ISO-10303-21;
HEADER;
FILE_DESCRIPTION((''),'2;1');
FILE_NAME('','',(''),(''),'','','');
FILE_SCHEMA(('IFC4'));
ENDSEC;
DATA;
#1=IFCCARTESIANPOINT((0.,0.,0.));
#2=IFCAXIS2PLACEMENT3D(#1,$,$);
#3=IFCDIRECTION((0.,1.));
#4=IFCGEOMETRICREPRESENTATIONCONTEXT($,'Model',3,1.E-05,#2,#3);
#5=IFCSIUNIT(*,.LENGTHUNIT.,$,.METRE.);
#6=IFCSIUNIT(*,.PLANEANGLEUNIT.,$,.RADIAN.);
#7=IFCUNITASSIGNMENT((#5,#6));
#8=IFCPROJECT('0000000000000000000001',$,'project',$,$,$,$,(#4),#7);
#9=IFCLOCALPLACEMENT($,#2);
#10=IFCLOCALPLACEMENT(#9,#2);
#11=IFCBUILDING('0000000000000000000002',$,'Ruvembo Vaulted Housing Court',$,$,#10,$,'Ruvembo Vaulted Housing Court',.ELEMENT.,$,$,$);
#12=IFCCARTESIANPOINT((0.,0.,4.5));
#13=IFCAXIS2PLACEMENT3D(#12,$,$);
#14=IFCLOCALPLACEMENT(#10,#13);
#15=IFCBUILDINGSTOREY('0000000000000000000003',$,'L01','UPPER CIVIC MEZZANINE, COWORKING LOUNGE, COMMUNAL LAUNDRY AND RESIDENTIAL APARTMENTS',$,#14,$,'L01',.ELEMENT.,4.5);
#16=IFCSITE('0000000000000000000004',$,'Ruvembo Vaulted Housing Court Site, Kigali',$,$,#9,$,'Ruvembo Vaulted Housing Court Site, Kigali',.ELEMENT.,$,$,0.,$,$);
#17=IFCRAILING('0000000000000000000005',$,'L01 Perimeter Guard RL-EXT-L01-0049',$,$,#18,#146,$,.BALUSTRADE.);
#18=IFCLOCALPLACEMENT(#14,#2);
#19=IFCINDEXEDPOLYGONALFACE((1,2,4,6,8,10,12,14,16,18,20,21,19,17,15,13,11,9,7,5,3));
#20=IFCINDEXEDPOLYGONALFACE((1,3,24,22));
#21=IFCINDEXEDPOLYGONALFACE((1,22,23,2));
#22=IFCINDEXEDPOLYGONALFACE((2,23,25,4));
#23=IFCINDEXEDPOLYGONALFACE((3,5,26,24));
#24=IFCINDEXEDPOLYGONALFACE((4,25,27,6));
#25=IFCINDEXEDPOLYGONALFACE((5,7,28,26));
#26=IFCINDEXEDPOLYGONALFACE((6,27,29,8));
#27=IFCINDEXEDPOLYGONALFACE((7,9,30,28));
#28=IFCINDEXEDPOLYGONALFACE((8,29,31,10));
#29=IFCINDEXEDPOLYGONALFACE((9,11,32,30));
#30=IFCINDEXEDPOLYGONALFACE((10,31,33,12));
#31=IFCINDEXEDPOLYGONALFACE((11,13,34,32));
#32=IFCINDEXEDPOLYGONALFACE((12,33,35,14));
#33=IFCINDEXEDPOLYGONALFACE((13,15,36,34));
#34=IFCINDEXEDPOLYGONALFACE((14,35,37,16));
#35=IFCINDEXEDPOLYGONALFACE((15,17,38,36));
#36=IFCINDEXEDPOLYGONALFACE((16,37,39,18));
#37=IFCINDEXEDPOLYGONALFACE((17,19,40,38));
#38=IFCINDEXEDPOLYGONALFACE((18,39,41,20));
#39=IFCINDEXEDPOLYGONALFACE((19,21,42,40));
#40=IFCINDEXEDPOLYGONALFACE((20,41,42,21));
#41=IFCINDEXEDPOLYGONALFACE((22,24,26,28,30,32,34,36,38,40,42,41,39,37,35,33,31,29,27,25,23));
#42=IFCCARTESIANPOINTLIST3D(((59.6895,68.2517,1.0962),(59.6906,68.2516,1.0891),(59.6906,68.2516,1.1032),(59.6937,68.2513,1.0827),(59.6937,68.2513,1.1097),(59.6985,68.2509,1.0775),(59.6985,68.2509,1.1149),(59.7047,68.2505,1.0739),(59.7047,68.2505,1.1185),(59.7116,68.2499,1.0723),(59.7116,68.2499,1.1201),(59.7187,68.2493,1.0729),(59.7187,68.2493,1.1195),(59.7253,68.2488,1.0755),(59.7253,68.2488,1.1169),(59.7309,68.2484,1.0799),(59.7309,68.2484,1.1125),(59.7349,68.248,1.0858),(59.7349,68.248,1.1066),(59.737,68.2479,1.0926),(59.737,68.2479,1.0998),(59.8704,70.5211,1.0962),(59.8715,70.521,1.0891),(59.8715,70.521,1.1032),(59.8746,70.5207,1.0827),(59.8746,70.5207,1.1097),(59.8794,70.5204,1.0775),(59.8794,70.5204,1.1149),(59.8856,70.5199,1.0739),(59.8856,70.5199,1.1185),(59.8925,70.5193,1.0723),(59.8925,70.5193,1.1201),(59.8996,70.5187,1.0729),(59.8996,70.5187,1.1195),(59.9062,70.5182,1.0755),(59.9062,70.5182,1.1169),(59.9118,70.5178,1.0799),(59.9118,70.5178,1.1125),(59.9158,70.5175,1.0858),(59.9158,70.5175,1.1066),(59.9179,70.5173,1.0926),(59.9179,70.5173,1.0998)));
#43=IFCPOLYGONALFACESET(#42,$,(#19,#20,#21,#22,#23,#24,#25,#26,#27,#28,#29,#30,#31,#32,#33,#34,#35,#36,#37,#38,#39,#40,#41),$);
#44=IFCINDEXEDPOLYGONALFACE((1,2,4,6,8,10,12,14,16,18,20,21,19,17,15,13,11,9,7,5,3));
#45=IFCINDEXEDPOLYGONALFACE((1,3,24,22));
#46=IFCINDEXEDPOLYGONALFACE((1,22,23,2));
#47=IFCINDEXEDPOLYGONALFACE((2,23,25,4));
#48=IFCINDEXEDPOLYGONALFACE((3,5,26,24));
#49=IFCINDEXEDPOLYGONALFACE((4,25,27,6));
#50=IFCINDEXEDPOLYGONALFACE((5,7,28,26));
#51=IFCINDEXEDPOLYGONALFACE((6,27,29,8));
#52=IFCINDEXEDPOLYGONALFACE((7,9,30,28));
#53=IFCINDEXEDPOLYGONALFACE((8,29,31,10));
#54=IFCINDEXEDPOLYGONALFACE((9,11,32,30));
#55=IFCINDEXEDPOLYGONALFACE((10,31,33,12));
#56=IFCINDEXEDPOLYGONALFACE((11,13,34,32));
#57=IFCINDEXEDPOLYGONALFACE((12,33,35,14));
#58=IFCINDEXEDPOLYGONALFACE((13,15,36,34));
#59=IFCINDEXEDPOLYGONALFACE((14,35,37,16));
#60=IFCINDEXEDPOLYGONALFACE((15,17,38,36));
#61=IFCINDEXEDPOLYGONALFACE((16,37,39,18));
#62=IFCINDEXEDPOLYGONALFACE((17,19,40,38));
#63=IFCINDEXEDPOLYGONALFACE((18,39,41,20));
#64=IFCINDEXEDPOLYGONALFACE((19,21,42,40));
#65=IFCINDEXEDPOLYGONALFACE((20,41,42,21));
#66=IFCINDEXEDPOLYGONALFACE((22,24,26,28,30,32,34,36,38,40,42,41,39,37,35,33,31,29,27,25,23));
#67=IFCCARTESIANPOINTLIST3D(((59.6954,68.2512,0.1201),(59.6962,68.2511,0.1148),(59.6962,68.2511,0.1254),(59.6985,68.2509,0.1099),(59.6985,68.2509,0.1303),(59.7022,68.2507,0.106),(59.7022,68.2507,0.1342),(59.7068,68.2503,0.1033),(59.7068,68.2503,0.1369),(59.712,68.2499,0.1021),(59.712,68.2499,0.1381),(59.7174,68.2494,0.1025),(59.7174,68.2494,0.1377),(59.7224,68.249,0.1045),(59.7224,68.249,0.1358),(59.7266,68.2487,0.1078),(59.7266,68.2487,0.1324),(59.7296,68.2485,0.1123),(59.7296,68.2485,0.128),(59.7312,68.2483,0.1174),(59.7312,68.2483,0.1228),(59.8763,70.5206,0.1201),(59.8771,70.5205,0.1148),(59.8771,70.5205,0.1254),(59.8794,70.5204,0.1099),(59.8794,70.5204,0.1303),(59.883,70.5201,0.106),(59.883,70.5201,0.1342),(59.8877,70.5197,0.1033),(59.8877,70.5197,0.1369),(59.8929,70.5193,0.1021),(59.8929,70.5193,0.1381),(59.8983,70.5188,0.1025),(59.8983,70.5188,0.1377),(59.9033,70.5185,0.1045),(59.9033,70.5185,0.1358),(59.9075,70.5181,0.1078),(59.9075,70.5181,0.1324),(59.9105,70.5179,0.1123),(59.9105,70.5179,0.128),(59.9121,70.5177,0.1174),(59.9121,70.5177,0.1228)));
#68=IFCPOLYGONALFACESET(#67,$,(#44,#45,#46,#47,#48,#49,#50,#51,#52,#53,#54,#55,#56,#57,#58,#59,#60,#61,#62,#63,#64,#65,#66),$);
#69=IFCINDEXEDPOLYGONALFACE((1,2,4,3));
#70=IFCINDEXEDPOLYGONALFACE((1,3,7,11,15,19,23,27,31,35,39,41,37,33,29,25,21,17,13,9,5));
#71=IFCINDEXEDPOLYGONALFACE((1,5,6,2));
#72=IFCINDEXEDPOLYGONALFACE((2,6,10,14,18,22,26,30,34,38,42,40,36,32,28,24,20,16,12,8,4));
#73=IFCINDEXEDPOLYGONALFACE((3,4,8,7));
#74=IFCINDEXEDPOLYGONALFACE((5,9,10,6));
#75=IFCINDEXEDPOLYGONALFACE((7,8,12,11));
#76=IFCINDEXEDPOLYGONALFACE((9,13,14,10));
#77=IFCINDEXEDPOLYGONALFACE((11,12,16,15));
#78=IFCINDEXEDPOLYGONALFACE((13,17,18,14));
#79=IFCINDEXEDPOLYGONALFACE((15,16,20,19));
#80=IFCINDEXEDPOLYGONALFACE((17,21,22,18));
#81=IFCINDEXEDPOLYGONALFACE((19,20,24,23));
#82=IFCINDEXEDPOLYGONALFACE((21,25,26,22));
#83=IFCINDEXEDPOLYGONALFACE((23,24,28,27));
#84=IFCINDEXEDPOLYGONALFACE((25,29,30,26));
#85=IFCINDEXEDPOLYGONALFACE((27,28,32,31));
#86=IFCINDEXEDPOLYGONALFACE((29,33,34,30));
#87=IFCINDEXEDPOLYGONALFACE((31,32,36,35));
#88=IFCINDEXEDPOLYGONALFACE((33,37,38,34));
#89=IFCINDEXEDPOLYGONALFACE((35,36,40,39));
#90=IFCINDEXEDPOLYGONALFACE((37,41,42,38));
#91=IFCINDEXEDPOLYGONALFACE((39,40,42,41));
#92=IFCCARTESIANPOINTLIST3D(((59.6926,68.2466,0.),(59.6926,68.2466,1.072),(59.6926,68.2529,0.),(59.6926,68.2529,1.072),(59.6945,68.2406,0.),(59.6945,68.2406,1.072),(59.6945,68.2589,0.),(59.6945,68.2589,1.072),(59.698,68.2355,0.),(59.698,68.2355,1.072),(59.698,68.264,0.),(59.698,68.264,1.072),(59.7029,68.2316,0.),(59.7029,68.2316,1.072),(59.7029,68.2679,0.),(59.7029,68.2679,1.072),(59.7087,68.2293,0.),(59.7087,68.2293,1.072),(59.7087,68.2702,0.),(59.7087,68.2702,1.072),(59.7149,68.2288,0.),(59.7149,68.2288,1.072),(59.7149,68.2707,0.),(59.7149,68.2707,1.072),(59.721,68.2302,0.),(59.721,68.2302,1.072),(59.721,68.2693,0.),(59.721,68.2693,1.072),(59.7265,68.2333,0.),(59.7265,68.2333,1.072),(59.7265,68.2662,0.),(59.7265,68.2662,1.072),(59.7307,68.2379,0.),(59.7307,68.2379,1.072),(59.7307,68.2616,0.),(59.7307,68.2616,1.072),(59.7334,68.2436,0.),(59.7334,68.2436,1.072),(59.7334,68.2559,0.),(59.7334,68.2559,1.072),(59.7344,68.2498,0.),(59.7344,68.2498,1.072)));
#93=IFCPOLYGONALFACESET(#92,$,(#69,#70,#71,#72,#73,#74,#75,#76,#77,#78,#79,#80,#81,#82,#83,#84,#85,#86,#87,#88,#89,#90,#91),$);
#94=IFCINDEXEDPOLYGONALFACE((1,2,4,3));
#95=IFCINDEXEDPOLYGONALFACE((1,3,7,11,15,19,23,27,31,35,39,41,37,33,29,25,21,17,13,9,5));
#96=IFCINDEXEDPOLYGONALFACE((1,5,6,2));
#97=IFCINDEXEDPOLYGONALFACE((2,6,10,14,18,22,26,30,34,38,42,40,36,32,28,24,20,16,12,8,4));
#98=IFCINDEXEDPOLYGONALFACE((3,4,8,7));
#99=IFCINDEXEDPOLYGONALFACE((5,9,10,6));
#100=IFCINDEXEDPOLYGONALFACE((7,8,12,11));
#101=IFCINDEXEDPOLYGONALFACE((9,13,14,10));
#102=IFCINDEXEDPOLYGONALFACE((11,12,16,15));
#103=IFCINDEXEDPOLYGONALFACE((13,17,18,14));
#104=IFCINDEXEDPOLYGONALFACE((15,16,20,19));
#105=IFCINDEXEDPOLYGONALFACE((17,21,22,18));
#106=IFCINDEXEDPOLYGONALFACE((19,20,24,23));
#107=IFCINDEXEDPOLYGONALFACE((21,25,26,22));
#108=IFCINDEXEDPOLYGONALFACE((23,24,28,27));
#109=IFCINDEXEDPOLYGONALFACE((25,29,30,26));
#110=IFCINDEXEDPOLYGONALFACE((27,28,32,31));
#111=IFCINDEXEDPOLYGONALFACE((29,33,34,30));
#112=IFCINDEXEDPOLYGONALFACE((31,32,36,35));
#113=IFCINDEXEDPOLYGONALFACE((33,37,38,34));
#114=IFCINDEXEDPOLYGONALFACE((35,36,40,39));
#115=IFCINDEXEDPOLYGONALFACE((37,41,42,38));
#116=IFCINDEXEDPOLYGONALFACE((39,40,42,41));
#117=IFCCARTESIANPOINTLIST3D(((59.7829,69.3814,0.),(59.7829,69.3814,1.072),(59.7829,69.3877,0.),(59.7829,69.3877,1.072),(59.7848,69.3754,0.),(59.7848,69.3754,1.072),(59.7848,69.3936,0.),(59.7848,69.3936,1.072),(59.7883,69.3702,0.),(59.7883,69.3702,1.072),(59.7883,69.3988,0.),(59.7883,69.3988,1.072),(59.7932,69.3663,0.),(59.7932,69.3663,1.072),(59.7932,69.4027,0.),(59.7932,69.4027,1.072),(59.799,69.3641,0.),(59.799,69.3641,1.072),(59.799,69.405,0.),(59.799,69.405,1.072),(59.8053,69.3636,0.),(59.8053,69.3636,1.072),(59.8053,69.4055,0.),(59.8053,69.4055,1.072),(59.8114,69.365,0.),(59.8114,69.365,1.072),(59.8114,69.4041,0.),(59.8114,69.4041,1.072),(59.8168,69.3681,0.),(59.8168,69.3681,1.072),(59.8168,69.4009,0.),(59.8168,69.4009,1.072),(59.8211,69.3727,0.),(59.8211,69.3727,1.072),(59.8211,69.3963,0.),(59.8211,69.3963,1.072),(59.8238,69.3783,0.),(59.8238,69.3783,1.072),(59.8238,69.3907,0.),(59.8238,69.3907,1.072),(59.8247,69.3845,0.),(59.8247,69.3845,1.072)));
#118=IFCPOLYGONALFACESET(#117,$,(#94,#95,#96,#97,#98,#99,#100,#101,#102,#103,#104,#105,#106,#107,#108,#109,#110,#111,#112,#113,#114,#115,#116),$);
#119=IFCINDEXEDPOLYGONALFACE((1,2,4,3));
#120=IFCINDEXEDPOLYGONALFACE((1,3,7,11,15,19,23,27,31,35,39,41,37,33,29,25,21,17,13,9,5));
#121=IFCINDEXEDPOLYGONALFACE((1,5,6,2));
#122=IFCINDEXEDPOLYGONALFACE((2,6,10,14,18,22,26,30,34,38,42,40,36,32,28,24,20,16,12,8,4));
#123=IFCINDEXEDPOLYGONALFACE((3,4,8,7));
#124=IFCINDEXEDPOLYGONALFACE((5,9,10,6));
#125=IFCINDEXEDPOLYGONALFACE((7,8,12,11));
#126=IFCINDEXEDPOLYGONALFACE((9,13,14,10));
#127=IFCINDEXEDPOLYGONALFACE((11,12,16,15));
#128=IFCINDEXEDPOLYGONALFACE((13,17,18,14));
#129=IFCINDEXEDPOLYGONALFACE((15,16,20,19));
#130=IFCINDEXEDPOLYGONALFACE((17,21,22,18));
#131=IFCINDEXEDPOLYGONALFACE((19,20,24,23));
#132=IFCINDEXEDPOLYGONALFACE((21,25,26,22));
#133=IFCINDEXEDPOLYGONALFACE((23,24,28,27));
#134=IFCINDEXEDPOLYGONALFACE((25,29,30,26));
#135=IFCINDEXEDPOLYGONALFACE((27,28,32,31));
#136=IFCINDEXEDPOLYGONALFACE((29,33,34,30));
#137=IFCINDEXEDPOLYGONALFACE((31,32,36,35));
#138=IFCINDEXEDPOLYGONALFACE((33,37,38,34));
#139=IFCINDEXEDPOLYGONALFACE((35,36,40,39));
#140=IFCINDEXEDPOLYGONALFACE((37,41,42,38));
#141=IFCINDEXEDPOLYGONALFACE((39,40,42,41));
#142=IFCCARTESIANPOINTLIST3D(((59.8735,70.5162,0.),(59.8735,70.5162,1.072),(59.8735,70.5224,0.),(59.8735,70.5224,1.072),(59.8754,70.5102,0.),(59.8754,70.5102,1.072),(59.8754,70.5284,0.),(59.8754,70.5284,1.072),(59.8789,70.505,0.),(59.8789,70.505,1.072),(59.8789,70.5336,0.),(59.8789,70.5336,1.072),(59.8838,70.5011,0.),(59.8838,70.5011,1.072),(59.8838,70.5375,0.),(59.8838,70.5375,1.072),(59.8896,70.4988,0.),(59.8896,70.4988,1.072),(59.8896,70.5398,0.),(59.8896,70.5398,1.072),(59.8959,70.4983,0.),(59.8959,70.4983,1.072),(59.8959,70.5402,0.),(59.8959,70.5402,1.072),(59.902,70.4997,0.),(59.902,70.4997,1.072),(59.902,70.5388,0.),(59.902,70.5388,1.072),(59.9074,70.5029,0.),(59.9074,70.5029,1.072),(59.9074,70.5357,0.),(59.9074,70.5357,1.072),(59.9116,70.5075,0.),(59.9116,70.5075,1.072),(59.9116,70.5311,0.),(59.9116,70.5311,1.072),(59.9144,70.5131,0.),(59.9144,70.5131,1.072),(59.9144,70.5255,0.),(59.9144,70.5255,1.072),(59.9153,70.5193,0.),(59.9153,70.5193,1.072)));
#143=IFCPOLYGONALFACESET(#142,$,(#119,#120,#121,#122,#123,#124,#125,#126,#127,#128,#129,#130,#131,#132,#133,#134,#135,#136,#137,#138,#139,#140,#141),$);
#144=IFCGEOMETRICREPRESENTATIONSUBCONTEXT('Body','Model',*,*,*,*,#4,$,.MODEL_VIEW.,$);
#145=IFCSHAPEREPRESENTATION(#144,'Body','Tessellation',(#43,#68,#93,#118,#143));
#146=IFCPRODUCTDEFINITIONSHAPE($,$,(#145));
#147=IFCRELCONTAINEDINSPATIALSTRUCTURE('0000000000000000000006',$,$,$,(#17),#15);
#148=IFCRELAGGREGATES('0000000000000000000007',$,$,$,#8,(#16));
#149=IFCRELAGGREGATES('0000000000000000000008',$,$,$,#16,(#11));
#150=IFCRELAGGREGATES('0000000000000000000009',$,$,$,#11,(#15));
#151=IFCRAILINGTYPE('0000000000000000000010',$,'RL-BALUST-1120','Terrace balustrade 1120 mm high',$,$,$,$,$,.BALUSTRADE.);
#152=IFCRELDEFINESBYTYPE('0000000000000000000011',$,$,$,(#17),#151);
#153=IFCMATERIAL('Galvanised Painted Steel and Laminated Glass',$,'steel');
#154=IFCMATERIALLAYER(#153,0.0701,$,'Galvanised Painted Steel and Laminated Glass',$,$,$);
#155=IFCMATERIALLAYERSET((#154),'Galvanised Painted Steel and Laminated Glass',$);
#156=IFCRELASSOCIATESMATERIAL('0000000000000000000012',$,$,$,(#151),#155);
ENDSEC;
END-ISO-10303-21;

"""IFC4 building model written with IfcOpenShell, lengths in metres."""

from ifc_helpers import new_model, si_unit, direction, frame, origin, origin_2d, place, context, subcontext, project, spatial, circle, extrude, material, layer, layer_set, type_object, element, save


model = new_model("IFC4")

# Units and contexts
model_context = context("Model", 3, precision=1e-05, world=origin(), true_north=direction((0.0, 1.0)))
body_context = subcontext(model_context, "Body", "Model", "MODEL_VIEW")
ifc_project = project(units=[si_unit("LENGTHUNIT", "METRE"), si_unit("PLANEANGLEUNIT", "RADIAN")], contexts=[model_context])

# Site, building, storey
site_placement = place(None, origin())
site = spatial("IfcSite", under=ifc_project, at=site_placement, Name="Ruvembo Vaulted Housing Court Site, Kigali", LongName="Ruvembo Vaulted Housing Court Site, Kigali", CompositionType="ELEMENT", RefElevation=0.0)
building_placement = place(site_placement, origin())
building = spatial("IfcBuilding", under=site, at=building_placement, Name="Ruvembo Vaulted Housing Court", LongName="Ruvembo Vaulted Housing Court", CompositionType="ELEMENT")
storey_placement = place(building_placement, frame((0.0, 0.0, 4.5)))
storey = spatial("IfcBuildingStorey", under=building, at=storey_placement, Name="L01", Description="UPPER CIVIC MEZZANINE, COWORKING LOUNGE, COMMUNAL LAUNDRY AND RESIDENTIAL APARTMENTS", LongName="L01", CompositionType="ELEMENT", Elevation=4.5)

# Railing
ifc_material_1 = material(Name="Galvanised Painted Steel and Laminated Glass", Category="steel")
ifc_layer_1 = layer(ifc_material_1, 0.0701, Name="Galvanised Painted Steel and Laminated Glass")
ifc_layer_set_1 = layer_set([ifc_layer_1], Name="Galvanised Painted Steel and Laminated Glass")
railing_type = type_object("IfcRailingType", Name="RL-BALUST-1120", Description="Terrace balustrade 1120 mm high", PredefinedType="BALUSTRADE", material=ifc_layer_set_1)
railing_placement = place(storey_placement, frame((59.7134, 68.2498, 0.0)))
element("IfcRailing", 1, at=railing_placement, inside=storey, type_object=railing_type, Name="L01 Perimeter Guard RL-EXT-L01-0049", PredefinedType="BALUSTRADE", context=body_context, shape_type="SweptSolid", body=[
    extrude(circle(Radius=0.0239, at=origin_2d()), frame((0.0, 0.0, 1.0962), z_axis=(0.07946, 0.996838, 0.0), x_axis=(-0.996838, 0.07946, 0.0)), (0.0, 0.0, 1.0), 2.2766),
    extrude(circle(Radius=0.0181, at=origin_2d()), frame((0.0, 0.0, 0.1201), z_axis=(0.07946, 0.996838, 0.0), x_axis=(-0.996838, 0.07946, 0.0)), (0.0, 0.0, 1.0), 2.2766),
    extrude(circle(Radius=0.021, at=origin_2d()), origin(), (0.0, 0.0, 1.0), 1.072),
    extrude(circle(Radius=0.021, at=origin_2d()), frame((0.0903, 1.1348, 0.0)), (0.0, 0.0, 1.0), 1.072),
    extrude(circle(Radius=0.021, at=origin_2d()), frame((0.1809, 2.2695, 0.0)), (0.0, 0.0, 1.0), 1.072),
])

save(model, "model.ifc")
